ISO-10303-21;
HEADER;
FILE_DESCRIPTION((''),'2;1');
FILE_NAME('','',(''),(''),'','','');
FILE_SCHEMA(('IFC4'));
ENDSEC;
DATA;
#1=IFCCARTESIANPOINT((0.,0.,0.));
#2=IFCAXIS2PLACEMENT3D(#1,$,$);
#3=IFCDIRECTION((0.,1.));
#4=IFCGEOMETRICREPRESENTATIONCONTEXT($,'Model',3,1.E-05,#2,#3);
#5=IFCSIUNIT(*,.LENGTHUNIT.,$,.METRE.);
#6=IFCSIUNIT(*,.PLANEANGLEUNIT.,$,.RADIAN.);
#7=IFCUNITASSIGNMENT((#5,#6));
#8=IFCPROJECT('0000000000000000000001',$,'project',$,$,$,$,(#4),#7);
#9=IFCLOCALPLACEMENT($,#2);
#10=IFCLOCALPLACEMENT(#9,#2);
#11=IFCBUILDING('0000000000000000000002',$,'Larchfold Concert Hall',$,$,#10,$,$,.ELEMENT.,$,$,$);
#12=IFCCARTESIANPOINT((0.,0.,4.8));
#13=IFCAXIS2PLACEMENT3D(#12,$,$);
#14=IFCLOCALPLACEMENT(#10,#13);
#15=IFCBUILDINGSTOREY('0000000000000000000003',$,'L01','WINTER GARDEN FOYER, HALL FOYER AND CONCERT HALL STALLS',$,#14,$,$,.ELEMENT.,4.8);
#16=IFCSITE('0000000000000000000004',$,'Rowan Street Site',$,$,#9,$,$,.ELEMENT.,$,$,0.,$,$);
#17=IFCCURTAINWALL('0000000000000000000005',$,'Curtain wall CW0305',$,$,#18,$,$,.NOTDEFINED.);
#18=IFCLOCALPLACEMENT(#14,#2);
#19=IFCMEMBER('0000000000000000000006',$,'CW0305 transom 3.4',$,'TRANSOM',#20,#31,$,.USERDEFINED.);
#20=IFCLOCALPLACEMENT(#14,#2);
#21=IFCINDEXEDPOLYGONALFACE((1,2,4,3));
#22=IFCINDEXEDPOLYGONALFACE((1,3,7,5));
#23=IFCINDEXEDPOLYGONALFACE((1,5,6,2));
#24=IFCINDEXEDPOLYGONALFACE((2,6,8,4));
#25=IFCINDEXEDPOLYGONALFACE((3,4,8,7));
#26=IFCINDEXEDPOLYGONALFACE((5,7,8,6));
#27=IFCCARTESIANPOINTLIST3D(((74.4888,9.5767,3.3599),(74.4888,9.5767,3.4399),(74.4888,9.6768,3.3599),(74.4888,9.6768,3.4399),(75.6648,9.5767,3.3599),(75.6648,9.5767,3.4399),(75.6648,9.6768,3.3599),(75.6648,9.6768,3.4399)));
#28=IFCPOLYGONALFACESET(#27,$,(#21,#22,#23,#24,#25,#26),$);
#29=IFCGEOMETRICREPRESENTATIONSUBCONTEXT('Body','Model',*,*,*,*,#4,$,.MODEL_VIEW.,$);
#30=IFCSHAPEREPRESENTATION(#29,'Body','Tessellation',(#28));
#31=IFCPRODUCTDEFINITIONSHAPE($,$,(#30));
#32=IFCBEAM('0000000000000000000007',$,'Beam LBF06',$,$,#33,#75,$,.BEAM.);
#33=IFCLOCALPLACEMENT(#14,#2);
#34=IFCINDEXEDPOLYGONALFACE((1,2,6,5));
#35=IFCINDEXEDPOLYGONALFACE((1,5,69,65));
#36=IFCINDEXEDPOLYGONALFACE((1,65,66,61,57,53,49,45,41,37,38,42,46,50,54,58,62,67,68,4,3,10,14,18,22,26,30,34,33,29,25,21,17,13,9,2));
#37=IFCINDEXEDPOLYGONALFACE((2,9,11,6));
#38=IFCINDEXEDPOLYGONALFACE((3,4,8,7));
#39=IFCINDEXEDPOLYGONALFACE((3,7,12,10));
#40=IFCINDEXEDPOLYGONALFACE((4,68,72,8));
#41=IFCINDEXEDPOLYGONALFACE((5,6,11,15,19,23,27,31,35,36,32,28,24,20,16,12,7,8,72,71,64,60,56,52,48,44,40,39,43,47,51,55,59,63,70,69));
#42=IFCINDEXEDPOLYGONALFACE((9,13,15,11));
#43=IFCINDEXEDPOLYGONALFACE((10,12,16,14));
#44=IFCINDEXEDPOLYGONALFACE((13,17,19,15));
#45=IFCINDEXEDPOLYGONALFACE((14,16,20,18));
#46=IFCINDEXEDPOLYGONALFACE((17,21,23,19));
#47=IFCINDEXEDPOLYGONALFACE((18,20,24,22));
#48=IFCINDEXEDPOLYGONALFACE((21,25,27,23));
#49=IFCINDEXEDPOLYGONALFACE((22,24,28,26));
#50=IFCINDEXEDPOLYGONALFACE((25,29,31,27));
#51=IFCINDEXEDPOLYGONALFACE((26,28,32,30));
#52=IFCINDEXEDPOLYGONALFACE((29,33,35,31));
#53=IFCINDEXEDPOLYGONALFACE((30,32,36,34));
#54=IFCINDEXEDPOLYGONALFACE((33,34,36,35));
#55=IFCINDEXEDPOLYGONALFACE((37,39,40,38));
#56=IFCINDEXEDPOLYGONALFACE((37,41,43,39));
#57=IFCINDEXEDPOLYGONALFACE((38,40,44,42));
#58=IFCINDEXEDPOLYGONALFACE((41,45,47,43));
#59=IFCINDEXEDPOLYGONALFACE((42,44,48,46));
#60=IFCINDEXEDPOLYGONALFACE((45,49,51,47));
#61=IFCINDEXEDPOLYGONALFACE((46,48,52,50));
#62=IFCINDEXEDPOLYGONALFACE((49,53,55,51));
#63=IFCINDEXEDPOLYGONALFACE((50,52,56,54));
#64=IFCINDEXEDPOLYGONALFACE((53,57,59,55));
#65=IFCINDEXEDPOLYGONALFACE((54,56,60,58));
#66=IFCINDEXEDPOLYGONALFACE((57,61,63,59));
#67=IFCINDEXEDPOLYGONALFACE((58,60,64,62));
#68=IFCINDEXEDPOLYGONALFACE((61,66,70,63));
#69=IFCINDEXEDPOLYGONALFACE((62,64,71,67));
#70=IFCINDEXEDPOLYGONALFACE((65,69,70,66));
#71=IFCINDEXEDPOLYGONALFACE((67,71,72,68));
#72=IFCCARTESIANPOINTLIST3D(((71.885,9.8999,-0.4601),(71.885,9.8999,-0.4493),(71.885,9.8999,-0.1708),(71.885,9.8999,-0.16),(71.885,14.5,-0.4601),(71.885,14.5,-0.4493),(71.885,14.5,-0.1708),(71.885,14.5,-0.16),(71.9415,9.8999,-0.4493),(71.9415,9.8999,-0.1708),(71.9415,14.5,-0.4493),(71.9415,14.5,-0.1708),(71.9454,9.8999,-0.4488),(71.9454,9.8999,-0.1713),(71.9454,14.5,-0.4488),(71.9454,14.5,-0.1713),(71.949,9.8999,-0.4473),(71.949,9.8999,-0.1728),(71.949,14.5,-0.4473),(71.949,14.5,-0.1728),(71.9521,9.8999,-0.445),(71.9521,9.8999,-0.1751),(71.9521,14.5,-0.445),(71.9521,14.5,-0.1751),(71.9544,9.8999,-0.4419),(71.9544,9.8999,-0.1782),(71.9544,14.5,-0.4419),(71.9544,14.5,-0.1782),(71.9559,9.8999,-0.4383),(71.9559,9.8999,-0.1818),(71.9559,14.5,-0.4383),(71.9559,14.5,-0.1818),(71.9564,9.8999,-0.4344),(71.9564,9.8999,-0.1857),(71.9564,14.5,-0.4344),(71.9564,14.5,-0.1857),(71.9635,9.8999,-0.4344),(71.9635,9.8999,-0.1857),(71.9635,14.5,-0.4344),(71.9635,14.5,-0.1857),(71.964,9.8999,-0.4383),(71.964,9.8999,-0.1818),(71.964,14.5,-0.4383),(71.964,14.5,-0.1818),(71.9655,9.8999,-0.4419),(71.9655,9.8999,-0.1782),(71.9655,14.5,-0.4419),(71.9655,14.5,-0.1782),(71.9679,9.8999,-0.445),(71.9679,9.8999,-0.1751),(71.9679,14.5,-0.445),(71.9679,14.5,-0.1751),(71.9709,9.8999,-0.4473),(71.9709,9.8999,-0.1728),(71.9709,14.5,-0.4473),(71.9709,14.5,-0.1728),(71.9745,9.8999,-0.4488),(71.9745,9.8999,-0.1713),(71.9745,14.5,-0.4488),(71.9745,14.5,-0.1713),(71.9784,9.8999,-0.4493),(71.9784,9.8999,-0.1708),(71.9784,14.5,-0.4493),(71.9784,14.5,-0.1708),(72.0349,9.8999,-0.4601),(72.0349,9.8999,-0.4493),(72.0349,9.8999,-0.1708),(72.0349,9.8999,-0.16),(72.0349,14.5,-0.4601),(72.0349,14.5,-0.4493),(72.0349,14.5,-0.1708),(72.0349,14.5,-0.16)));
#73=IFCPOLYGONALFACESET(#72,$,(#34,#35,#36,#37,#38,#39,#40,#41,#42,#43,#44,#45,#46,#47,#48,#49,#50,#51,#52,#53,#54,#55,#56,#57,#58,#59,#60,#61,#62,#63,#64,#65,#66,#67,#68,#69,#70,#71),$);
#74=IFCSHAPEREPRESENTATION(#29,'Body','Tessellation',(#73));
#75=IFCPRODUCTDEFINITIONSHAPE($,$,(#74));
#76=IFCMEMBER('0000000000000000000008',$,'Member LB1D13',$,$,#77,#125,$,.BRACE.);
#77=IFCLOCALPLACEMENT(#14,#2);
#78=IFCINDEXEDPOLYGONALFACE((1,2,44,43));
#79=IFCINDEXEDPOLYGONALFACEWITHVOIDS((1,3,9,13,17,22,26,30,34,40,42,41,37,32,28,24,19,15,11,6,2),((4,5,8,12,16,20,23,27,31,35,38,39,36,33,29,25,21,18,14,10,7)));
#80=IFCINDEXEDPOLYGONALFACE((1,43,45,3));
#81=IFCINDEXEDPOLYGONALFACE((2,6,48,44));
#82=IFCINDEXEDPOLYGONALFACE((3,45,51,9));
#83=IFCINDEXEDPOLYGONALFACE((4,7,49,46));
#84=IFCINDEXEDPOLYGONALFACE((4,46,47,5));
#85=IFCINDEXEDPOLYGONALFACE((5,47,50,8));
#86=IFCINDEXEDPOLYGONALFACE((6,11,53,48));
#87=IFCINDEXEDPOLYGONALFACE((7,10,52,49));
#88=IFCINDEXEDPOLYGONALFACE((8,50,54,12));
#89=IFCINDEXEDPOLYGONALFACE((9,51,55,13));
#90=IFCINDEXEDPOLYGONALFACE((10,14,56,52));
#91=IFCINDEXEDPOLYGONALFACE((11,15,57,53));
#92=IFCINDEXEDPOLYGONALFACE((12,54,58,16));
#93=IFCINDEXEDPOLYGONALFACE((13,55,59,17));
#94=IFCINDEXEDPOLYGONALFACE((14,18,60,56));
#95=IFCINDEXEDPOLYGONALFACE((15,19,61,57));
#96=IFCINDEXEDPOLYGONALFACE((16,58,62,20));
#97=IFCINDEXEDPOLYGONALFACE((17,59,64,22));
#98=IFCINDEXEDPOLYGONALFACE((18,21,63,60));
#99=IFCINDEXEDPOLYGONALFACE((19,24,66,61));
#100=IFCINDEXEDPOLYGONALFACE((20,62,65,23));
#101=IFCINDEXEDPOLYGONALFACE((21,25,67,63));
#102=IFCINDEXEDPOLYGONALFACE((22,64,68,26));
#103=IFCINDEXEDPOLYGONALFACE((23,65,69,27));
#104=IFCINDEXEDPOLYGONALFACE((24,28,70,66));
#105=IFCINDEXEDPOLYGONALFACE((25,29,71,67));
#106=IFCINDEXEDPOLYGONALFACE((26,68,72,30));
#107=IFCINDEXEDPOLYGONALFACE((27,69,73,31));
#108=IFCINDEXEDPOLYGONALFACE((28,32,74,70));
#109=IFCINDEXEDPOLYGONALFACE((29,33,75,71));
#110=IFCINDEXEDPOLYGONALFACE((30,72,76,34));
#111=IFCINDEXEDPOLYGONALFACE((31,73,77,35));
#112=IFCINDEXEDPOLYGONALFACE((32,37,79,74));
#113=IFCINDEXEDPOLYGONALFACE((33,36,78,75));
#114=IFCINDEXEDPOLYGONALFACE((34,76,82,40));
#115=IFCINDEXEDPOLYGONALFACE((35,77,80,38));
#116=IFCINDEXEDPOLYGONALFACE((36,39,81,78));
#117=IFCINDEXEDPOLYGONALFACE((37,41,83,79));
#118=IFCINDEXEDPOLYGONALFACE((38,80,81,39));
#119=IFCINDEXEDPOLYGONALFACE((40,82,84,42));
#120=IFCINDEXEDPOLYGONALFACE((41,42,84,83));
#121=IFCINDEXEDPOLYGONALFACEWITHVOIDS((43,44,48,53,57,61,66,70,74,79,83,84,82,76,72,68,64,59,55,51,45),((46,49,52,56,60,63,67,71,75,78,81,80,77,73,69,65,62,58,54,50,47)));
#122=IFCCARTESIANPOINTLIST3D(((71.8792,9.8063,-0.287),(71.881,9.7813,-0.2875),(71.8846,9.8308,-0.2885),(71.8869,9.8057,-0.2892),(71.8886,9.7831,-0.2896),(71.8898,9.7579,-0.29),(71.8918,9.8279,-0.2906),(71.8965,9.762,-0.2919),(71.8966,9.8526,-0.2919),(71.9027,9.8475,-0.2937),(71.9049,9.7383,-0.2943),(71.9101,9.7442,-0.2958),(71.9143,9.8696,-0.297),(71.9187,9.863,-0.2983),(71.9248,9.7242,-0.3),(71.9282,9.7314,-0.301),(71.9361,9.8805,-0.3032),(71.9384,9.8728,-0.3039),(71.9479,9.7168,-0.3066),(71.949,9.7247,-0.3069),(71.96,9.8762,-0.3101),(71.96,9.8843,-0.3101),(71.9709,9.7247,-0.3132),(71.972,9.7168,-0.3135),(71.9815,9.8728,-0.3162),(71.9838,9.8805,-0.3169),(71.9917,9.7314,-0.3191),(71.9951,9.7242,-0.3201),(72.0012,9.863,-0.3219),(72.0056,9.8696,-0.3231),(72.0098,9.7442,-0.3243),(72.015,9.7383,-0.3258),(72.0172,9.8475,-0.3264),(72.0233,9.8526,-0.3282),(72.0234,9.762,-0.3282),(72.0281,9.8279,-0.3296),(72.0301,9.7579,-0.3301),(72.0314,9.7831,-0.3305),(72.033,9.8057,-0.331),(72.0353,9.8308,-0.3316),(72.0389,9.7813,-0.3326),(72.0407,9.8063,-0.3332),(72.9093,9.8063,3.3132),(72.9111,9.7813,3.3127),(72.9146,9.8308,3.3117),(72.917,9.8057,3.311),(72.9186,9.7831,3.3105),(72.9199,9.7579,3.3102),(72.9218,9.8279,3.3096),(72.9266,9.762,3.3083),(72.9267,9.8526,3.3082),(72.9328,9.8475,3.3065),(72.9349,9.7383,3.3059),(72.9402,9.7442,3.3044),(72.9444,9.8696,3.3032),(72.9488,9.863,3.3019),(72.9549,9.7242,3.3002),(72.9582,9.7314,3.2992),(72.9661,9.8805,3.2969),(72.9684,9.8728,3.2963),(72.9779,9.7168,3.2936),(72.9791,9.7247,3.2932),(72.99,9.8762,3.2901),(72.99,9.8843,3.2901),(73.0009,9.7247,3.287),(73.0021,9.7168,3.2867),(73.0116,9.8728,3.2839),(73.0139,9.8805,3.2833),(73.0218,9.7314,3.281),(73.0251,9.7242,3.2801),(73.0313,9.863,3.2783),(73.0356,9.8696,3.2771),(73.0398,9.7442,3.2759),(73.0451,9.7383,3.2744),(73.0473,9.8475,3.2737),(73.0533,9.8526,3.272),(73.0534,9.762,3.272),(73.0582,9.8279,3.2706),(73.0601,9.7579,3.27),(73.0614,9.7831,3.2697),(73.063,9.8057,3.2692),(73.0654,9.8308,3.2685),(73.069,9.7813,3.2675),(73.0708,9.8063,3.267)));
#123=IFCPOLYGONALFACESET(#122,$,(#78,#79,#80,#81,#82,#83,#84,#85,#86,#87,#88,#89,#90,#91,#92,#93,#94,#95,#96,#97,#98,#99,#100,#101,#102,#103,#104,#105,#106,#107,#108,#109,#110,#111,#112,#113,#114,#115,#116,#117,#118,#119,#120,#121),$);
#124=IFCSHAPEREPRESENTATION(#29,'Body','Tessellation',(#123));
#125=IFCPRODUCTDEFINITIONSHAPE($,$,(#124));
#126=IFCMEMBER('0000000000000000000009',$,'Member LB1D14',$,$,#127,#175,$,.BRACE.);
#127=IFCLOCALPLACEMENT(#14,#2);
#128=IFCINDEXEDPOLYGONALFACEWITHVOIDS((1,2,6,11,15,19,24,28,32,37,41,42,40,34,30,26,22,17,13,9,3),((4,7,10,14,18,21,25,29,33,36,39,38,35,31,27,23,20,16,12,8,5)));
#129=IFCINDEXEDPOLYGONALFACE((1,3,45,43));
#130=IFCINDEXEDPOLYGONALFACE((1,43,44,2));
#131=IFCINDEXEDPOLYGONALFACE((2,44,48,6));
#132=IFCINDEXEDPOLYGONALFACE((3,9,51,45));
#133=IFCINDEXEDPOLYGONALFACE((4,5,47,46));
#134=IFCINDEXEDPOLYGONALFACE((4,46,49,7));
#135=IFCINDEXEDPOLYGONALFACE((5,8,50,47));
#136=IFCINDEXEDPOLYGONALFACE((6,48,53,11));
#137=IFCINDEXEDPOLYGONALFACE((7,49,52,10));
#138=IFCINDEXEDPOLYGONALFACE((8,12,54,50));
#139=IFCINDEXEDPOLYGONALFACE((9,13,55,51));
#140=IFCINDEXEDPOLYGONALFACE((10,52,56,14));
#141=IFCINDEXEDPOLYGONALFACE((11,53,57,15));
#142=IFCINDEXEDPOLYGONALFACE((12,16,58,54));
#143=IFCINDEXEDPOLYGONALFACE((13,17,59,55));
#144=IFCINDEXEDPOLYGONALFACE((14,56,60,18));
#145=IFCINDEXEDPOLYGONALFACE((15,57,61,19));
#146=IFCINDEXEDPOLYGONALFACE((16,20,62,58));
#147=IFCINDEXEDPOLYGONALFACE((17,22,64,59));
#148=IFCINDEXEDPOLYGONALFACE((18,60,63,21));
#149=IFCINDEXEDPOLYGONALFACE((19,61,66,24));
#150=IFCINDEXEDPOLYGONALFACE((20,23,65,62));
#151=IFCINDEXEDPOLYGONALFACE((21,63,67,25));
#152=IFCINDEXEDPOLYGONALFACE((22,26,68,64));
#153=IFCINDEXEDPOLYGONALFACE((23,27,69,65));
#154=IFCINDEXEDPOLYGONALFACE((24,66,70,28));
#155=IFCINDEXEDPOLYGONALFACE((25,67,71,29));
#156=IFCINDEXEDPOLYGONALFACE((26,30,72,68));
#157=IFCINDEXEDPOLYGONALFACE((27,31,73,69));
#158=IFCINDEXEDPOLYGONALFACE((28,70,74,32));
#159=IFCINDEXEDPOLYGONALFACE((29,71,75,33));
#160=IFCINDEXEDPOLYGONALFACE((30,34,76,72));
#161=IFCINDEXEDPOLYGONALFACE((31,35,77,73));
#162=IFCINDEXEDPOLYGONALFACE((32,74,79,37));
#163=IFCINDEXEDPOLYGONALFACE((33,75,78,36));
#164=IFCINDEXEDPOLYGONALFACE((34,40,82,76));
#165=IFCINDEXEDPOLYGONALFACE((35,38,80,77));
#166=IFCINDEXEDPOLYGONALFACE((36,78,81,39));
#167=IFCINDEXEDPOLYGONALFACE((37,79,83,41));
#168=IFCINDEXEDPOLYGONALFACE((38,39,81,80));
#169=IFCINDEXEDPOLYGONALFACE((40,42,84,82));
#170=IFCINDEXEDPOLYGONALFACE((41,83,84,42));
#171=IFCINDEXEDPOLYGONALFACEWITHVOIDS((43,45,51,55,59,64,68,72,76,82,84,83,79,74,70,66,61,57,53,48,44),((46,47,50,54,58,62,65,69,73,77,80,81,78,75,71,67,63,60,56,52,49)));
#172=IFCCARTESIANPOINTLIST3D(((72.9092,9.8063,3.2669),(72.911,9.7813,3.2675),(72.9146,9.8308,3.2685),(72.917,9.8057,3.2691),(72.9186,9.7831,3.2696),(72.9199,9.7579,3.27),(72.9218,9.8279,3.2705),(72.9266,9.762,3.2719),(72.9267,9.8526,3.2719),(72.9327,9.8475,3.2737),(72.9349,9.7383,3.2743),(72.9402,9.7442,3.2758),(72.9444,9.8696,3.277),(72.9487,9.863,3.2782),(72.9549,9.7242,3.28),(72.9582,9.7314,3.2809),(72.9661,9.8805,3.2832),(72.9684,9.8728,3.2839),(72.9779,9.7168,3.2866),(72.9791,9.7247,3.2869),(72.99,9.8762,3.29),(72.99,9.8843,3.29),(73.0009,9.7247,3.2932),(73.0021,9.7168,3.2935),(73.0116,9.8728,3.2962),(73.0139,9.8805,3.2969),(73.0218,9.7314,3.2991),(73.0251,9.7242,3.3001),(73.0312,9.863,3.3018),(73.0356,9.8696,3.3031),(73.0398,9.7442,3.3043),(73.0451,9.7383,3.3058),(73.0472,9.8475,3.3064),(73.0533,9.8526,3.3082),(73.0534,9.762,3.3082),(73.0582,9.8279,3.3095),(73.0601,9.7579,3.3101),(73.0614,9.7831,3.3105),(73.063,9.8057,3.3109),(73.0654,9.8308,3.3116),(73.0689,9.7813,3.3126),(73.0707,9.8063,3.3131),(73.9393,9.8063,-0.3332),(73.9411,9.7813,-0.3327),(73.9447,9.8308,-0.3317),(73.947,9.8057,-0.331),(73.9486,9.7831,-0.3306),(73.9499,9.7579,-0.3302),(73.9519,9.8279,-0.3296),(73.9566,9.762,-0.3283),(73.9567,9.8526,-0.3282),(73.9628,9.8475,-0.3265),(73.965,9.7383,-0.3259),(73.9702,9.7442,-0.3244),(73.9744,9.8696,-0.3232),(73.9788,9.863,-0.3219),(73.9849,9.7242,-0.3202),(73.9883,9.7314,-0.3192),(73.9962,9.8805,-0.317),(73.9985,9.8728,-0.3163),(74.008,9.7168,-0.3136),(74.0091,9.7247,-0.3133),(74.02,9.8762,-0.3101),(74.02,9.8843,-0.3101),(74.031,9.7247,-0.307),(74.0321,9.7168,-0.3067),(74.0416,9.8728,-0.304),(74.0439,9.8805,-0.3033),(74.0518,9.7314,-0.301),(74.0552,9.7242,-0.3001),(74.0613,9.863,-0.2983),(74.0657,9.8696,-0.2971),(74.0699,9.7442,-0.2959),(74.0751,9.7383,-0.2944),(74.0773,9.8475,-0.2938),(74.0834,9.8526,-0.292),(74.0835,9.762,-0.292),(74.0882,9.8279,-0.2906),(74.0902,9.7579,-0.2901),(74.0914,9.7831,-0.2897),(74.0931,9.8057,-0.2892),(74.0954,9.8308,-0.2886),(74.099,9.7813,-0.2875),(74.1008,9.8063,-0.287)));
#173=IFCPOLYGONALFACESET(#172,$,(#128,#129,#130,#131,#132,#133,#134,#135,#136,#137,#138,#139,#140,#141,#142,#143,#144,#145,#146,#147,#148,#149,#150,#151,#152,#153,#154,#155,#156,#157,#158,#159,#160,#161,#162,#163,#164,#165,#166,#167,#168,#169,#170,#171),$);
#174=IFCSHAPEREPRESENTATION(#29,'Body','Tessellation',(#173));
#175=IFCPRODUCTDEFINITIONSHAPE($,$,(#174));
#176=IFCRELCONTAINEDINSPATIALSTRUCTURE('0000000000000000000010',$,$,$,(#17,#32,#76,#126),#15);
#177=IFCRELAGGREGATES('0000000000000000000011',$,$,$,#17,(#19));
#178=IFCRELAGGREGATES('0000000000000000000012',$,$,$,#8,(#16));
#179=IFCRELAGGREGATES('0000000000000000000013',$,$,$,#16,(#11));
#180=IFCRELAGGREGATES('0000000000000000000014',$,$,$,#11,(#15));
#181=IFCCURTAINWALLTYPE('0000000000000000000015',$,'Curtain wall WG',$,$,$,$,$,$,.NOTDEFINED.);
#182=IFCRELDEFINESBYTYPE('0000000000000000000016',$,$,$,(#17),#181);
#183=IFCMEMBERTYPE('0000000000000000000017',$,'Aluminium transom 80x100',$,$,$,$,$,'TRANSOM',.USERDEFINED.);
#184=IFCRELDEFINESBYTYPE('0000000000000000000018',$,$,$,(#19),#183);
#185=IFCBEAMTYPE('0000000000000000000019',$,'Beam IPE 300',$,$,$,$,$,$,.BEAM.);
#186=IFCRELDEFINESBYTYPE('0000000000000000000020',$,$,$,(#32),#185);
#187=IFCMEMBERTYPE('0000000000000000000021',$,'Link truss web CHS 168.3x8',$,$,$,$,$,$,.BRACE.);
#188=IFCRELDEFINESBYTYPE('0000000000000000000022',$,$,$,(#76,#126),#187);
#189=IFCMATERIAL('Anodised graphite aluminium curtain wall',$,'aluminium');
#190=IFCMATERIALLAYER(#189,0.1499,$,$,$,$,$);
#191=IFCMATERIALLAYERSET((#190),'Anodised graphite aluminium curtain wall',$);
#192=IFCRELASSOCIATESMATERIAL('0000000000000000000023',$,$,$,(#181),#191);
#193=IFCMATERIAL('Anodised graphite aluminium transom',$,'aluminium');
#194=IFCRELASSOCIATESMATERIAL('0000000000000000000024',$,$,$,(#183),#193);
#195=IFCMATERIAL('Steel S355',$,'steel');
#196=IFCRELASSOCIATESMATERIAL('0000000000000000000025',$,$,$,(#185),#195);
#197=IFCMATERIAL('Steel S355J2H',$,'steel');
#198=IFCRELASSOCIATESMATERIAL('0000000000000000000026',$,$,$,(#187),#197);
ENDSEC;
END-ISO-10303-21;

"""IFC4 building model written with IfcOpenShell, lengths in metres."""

from ifc_helpers import new_model, si_unit, direction, frame, origin, origin_2d, place, context, subcontext, project, spatial, rectangle, hollow_circle, i_section, extrude, material, layer, layer_set, material_profile, profile_set, type_object, element, aggregate, save


model = new_model("IFC4")

# Units and contexts
model_context = context("Model", 3, precision=1e-05, world=origin(), true_north=direction((0.0, 1.0)))
body_context = subcontext(model_context, "Body", "Model", "MODEL_VIEW")
ifc_project = project(units=[si_unit("LENGTHUNIT", "METRE"), si_unit("PLANEANGLEUNIT", "RADIAN")], contexts=[model_context])

# Site, building, storey
site_placement = place(None, origin())
site = spatial("IfcSite", under=ifc_project, at=site_placement, Name="Rowan Street Site", CompositionType="ELEMENT", RefElevation=0.0)
building_placement = place(site_placement, origin())
building = spatial("IfcBuilding", under=site, at=building_placement, Name="Larchfold Concert Hall", CompositionType="ELEMENT")
storey_placement = place(building_placement, frame((0.0, 0.0, 4.8)))
storey = spatial("IfcBuildingStorey", under=building, at=storey_placement, Name="L01", Description="WINTER GARDEN FOYER, HALL FOYER AND CONCERT HALL STALLS", CompositionType="ELEMENT", Elevation=4.8)

# Shared definitions
ifc_material_1 = material(Name="Anodised graphite aluminium curtain wall", Category="aluminium")
ifc_layer_1 = layer(ifc_material_1, 0.1499)
ifc_layer_set_1 = layer_set([ifc_layer_1], Name="Anodised graphite aluminium curtain wall")
curtain_wall_type = type_object("IfcCurtainWallType", Name="Curtain wall WG", PredefinedType="NOTDEFINED", material=ifc_layer_set_1)

# Curtain wall, member
curtain_wall_1_placement = place(storey_placement, origin())
curtain_wall_1 = element("IfcCurtainWall", 1, at=curtain_wall_1_placement, inside=storey, type_object=curtain_wall_type, Name="Curtain wall CW0305", PredefinedType="NOTDEFINED")
ifc_material_2 = material(Name="Anodised graphite aluminium transom", Category="aluminium")
ifc_material_profile_1 = material_profile(ifc_material_2, rectangle(XDim=0.1001, YDim=0.0801, at=origin_2d()))
ifc_profile_set_1 = profile_set([ifc_material_profile_1], Name="Anodised graphite aluminium transom")
member_type_1 = type_object("IfcMemberType", Name="Aluminium transom 80x100", ElementType="TRANSOM", PredefinedType="USERDEFINED", material=ifc_profile_set_1)
member_1_placement = place(storey_placement, frame((74.4888, 9.6267, 3.3999), z_axis=(1.0, 0.0, 0.0), x_axis=(0.0, 1.0, 0.0)))
member_1 = element("IfcMember", 2, at=member_1_placement, type_object=member_type_1, Name="CW0305 transom 3.4", ObjectType="TRANSOM", PredefinedType="USERDEFINED", context=body_context, shape_type="SweptSolid", body=[
    extrude(rectangle(XDim=0.1001, YDim=0.0801, at=origin_2d()), origin(), (0.0, 0.0, 1.0), 1.176),
])

# Beam
ifc_material_3 = material(Name="Steel S355", Category="steel")
ifc_material_profile_2 = material_profile(ifc_material_3, i_section(OverallWidth=0.1499, OverallDepth=0.3, WebThickness=0.0071, FlangeThickness=0.0107, FilletRadius=0.0149, at=origin_2d()))
ifc_profile_set_2 = profile_set([ifc_material_profile_2], Name="Steel S355")
beam_type = type_object("IfcBeamType", Name="Beam IPE 300", PredefinedType="BEAM", material=ifc_profile_set_2)
beam_placement = place(storey_placement, frame((71.96, 9.8999, -0.3101), z_axis=(0.0, 1.0, 0.0), x_axis=(-1.0, 0.0, 0.0)))
element("IfcBeam", 3, at=beam_placement, inside=storey, type_object=beam_type, Name="Beam LBF06", PredefinedType="BEAM", context=body_context, shape_type="SweptSolid", body=[
    extrude(i_section(OverallWidth=0.1499, OverallDepth=0.3, WebThickness=0.0071, FlangeThickness=0.0107, FilletRadius=0.0149, at=origin_2d()), origin(), (0.0, 0.0, 1.0), 4.6001),
])

# Members
ifc_material_4 = material(Name="Steel S355J2H", Category="steel")
ifc_material_profile_3 = material_profile(ifc_material_4, hollow_circle(Radius=0.0842, WallThickness=0.0081, at=origin_2d()))
ifc_profile_set_3 = profile_set([ifc_material_profile_3], Name="Steel S355J2H")
member_type_2 = type_object("IfcMemberType", Name="Link truss web CHS 168.3x8", PredefinedType="BRACE", material=ifc_profile_set_3)
for number, where, z_axis, x_axis, name in (
    (4, (71.96, 9.8, -0.3101), (0.275074, 0.0, 0.961423), (0.0, 1.0, 0.0), "Member LB1D13"),
    (5, (72.99, 9.8, 3.29), (0.275074, 0.0, -0.961423), (0.0, 1.0, 0.0), "Member LB1D14"),
):
    element("IfcMember", number, at=place(storey_placement, frame(where, z_axis=z_axis, x_axis=x_axis)), inside=storey, type_object=member_type_2, Name=name, PredefinedType="BRACE", context=body_context, shape_type="SweptSolid", body=[
        extrude(hollow_circle(Radius=0.0842, WallThickness=0.0081, at=origin_2d()), origin(), (0.0, 0.0, 1.0), 3.7446),
    ])

aggregate(curtain_wall_1, [member_1])

save(model, "model.ifc")
